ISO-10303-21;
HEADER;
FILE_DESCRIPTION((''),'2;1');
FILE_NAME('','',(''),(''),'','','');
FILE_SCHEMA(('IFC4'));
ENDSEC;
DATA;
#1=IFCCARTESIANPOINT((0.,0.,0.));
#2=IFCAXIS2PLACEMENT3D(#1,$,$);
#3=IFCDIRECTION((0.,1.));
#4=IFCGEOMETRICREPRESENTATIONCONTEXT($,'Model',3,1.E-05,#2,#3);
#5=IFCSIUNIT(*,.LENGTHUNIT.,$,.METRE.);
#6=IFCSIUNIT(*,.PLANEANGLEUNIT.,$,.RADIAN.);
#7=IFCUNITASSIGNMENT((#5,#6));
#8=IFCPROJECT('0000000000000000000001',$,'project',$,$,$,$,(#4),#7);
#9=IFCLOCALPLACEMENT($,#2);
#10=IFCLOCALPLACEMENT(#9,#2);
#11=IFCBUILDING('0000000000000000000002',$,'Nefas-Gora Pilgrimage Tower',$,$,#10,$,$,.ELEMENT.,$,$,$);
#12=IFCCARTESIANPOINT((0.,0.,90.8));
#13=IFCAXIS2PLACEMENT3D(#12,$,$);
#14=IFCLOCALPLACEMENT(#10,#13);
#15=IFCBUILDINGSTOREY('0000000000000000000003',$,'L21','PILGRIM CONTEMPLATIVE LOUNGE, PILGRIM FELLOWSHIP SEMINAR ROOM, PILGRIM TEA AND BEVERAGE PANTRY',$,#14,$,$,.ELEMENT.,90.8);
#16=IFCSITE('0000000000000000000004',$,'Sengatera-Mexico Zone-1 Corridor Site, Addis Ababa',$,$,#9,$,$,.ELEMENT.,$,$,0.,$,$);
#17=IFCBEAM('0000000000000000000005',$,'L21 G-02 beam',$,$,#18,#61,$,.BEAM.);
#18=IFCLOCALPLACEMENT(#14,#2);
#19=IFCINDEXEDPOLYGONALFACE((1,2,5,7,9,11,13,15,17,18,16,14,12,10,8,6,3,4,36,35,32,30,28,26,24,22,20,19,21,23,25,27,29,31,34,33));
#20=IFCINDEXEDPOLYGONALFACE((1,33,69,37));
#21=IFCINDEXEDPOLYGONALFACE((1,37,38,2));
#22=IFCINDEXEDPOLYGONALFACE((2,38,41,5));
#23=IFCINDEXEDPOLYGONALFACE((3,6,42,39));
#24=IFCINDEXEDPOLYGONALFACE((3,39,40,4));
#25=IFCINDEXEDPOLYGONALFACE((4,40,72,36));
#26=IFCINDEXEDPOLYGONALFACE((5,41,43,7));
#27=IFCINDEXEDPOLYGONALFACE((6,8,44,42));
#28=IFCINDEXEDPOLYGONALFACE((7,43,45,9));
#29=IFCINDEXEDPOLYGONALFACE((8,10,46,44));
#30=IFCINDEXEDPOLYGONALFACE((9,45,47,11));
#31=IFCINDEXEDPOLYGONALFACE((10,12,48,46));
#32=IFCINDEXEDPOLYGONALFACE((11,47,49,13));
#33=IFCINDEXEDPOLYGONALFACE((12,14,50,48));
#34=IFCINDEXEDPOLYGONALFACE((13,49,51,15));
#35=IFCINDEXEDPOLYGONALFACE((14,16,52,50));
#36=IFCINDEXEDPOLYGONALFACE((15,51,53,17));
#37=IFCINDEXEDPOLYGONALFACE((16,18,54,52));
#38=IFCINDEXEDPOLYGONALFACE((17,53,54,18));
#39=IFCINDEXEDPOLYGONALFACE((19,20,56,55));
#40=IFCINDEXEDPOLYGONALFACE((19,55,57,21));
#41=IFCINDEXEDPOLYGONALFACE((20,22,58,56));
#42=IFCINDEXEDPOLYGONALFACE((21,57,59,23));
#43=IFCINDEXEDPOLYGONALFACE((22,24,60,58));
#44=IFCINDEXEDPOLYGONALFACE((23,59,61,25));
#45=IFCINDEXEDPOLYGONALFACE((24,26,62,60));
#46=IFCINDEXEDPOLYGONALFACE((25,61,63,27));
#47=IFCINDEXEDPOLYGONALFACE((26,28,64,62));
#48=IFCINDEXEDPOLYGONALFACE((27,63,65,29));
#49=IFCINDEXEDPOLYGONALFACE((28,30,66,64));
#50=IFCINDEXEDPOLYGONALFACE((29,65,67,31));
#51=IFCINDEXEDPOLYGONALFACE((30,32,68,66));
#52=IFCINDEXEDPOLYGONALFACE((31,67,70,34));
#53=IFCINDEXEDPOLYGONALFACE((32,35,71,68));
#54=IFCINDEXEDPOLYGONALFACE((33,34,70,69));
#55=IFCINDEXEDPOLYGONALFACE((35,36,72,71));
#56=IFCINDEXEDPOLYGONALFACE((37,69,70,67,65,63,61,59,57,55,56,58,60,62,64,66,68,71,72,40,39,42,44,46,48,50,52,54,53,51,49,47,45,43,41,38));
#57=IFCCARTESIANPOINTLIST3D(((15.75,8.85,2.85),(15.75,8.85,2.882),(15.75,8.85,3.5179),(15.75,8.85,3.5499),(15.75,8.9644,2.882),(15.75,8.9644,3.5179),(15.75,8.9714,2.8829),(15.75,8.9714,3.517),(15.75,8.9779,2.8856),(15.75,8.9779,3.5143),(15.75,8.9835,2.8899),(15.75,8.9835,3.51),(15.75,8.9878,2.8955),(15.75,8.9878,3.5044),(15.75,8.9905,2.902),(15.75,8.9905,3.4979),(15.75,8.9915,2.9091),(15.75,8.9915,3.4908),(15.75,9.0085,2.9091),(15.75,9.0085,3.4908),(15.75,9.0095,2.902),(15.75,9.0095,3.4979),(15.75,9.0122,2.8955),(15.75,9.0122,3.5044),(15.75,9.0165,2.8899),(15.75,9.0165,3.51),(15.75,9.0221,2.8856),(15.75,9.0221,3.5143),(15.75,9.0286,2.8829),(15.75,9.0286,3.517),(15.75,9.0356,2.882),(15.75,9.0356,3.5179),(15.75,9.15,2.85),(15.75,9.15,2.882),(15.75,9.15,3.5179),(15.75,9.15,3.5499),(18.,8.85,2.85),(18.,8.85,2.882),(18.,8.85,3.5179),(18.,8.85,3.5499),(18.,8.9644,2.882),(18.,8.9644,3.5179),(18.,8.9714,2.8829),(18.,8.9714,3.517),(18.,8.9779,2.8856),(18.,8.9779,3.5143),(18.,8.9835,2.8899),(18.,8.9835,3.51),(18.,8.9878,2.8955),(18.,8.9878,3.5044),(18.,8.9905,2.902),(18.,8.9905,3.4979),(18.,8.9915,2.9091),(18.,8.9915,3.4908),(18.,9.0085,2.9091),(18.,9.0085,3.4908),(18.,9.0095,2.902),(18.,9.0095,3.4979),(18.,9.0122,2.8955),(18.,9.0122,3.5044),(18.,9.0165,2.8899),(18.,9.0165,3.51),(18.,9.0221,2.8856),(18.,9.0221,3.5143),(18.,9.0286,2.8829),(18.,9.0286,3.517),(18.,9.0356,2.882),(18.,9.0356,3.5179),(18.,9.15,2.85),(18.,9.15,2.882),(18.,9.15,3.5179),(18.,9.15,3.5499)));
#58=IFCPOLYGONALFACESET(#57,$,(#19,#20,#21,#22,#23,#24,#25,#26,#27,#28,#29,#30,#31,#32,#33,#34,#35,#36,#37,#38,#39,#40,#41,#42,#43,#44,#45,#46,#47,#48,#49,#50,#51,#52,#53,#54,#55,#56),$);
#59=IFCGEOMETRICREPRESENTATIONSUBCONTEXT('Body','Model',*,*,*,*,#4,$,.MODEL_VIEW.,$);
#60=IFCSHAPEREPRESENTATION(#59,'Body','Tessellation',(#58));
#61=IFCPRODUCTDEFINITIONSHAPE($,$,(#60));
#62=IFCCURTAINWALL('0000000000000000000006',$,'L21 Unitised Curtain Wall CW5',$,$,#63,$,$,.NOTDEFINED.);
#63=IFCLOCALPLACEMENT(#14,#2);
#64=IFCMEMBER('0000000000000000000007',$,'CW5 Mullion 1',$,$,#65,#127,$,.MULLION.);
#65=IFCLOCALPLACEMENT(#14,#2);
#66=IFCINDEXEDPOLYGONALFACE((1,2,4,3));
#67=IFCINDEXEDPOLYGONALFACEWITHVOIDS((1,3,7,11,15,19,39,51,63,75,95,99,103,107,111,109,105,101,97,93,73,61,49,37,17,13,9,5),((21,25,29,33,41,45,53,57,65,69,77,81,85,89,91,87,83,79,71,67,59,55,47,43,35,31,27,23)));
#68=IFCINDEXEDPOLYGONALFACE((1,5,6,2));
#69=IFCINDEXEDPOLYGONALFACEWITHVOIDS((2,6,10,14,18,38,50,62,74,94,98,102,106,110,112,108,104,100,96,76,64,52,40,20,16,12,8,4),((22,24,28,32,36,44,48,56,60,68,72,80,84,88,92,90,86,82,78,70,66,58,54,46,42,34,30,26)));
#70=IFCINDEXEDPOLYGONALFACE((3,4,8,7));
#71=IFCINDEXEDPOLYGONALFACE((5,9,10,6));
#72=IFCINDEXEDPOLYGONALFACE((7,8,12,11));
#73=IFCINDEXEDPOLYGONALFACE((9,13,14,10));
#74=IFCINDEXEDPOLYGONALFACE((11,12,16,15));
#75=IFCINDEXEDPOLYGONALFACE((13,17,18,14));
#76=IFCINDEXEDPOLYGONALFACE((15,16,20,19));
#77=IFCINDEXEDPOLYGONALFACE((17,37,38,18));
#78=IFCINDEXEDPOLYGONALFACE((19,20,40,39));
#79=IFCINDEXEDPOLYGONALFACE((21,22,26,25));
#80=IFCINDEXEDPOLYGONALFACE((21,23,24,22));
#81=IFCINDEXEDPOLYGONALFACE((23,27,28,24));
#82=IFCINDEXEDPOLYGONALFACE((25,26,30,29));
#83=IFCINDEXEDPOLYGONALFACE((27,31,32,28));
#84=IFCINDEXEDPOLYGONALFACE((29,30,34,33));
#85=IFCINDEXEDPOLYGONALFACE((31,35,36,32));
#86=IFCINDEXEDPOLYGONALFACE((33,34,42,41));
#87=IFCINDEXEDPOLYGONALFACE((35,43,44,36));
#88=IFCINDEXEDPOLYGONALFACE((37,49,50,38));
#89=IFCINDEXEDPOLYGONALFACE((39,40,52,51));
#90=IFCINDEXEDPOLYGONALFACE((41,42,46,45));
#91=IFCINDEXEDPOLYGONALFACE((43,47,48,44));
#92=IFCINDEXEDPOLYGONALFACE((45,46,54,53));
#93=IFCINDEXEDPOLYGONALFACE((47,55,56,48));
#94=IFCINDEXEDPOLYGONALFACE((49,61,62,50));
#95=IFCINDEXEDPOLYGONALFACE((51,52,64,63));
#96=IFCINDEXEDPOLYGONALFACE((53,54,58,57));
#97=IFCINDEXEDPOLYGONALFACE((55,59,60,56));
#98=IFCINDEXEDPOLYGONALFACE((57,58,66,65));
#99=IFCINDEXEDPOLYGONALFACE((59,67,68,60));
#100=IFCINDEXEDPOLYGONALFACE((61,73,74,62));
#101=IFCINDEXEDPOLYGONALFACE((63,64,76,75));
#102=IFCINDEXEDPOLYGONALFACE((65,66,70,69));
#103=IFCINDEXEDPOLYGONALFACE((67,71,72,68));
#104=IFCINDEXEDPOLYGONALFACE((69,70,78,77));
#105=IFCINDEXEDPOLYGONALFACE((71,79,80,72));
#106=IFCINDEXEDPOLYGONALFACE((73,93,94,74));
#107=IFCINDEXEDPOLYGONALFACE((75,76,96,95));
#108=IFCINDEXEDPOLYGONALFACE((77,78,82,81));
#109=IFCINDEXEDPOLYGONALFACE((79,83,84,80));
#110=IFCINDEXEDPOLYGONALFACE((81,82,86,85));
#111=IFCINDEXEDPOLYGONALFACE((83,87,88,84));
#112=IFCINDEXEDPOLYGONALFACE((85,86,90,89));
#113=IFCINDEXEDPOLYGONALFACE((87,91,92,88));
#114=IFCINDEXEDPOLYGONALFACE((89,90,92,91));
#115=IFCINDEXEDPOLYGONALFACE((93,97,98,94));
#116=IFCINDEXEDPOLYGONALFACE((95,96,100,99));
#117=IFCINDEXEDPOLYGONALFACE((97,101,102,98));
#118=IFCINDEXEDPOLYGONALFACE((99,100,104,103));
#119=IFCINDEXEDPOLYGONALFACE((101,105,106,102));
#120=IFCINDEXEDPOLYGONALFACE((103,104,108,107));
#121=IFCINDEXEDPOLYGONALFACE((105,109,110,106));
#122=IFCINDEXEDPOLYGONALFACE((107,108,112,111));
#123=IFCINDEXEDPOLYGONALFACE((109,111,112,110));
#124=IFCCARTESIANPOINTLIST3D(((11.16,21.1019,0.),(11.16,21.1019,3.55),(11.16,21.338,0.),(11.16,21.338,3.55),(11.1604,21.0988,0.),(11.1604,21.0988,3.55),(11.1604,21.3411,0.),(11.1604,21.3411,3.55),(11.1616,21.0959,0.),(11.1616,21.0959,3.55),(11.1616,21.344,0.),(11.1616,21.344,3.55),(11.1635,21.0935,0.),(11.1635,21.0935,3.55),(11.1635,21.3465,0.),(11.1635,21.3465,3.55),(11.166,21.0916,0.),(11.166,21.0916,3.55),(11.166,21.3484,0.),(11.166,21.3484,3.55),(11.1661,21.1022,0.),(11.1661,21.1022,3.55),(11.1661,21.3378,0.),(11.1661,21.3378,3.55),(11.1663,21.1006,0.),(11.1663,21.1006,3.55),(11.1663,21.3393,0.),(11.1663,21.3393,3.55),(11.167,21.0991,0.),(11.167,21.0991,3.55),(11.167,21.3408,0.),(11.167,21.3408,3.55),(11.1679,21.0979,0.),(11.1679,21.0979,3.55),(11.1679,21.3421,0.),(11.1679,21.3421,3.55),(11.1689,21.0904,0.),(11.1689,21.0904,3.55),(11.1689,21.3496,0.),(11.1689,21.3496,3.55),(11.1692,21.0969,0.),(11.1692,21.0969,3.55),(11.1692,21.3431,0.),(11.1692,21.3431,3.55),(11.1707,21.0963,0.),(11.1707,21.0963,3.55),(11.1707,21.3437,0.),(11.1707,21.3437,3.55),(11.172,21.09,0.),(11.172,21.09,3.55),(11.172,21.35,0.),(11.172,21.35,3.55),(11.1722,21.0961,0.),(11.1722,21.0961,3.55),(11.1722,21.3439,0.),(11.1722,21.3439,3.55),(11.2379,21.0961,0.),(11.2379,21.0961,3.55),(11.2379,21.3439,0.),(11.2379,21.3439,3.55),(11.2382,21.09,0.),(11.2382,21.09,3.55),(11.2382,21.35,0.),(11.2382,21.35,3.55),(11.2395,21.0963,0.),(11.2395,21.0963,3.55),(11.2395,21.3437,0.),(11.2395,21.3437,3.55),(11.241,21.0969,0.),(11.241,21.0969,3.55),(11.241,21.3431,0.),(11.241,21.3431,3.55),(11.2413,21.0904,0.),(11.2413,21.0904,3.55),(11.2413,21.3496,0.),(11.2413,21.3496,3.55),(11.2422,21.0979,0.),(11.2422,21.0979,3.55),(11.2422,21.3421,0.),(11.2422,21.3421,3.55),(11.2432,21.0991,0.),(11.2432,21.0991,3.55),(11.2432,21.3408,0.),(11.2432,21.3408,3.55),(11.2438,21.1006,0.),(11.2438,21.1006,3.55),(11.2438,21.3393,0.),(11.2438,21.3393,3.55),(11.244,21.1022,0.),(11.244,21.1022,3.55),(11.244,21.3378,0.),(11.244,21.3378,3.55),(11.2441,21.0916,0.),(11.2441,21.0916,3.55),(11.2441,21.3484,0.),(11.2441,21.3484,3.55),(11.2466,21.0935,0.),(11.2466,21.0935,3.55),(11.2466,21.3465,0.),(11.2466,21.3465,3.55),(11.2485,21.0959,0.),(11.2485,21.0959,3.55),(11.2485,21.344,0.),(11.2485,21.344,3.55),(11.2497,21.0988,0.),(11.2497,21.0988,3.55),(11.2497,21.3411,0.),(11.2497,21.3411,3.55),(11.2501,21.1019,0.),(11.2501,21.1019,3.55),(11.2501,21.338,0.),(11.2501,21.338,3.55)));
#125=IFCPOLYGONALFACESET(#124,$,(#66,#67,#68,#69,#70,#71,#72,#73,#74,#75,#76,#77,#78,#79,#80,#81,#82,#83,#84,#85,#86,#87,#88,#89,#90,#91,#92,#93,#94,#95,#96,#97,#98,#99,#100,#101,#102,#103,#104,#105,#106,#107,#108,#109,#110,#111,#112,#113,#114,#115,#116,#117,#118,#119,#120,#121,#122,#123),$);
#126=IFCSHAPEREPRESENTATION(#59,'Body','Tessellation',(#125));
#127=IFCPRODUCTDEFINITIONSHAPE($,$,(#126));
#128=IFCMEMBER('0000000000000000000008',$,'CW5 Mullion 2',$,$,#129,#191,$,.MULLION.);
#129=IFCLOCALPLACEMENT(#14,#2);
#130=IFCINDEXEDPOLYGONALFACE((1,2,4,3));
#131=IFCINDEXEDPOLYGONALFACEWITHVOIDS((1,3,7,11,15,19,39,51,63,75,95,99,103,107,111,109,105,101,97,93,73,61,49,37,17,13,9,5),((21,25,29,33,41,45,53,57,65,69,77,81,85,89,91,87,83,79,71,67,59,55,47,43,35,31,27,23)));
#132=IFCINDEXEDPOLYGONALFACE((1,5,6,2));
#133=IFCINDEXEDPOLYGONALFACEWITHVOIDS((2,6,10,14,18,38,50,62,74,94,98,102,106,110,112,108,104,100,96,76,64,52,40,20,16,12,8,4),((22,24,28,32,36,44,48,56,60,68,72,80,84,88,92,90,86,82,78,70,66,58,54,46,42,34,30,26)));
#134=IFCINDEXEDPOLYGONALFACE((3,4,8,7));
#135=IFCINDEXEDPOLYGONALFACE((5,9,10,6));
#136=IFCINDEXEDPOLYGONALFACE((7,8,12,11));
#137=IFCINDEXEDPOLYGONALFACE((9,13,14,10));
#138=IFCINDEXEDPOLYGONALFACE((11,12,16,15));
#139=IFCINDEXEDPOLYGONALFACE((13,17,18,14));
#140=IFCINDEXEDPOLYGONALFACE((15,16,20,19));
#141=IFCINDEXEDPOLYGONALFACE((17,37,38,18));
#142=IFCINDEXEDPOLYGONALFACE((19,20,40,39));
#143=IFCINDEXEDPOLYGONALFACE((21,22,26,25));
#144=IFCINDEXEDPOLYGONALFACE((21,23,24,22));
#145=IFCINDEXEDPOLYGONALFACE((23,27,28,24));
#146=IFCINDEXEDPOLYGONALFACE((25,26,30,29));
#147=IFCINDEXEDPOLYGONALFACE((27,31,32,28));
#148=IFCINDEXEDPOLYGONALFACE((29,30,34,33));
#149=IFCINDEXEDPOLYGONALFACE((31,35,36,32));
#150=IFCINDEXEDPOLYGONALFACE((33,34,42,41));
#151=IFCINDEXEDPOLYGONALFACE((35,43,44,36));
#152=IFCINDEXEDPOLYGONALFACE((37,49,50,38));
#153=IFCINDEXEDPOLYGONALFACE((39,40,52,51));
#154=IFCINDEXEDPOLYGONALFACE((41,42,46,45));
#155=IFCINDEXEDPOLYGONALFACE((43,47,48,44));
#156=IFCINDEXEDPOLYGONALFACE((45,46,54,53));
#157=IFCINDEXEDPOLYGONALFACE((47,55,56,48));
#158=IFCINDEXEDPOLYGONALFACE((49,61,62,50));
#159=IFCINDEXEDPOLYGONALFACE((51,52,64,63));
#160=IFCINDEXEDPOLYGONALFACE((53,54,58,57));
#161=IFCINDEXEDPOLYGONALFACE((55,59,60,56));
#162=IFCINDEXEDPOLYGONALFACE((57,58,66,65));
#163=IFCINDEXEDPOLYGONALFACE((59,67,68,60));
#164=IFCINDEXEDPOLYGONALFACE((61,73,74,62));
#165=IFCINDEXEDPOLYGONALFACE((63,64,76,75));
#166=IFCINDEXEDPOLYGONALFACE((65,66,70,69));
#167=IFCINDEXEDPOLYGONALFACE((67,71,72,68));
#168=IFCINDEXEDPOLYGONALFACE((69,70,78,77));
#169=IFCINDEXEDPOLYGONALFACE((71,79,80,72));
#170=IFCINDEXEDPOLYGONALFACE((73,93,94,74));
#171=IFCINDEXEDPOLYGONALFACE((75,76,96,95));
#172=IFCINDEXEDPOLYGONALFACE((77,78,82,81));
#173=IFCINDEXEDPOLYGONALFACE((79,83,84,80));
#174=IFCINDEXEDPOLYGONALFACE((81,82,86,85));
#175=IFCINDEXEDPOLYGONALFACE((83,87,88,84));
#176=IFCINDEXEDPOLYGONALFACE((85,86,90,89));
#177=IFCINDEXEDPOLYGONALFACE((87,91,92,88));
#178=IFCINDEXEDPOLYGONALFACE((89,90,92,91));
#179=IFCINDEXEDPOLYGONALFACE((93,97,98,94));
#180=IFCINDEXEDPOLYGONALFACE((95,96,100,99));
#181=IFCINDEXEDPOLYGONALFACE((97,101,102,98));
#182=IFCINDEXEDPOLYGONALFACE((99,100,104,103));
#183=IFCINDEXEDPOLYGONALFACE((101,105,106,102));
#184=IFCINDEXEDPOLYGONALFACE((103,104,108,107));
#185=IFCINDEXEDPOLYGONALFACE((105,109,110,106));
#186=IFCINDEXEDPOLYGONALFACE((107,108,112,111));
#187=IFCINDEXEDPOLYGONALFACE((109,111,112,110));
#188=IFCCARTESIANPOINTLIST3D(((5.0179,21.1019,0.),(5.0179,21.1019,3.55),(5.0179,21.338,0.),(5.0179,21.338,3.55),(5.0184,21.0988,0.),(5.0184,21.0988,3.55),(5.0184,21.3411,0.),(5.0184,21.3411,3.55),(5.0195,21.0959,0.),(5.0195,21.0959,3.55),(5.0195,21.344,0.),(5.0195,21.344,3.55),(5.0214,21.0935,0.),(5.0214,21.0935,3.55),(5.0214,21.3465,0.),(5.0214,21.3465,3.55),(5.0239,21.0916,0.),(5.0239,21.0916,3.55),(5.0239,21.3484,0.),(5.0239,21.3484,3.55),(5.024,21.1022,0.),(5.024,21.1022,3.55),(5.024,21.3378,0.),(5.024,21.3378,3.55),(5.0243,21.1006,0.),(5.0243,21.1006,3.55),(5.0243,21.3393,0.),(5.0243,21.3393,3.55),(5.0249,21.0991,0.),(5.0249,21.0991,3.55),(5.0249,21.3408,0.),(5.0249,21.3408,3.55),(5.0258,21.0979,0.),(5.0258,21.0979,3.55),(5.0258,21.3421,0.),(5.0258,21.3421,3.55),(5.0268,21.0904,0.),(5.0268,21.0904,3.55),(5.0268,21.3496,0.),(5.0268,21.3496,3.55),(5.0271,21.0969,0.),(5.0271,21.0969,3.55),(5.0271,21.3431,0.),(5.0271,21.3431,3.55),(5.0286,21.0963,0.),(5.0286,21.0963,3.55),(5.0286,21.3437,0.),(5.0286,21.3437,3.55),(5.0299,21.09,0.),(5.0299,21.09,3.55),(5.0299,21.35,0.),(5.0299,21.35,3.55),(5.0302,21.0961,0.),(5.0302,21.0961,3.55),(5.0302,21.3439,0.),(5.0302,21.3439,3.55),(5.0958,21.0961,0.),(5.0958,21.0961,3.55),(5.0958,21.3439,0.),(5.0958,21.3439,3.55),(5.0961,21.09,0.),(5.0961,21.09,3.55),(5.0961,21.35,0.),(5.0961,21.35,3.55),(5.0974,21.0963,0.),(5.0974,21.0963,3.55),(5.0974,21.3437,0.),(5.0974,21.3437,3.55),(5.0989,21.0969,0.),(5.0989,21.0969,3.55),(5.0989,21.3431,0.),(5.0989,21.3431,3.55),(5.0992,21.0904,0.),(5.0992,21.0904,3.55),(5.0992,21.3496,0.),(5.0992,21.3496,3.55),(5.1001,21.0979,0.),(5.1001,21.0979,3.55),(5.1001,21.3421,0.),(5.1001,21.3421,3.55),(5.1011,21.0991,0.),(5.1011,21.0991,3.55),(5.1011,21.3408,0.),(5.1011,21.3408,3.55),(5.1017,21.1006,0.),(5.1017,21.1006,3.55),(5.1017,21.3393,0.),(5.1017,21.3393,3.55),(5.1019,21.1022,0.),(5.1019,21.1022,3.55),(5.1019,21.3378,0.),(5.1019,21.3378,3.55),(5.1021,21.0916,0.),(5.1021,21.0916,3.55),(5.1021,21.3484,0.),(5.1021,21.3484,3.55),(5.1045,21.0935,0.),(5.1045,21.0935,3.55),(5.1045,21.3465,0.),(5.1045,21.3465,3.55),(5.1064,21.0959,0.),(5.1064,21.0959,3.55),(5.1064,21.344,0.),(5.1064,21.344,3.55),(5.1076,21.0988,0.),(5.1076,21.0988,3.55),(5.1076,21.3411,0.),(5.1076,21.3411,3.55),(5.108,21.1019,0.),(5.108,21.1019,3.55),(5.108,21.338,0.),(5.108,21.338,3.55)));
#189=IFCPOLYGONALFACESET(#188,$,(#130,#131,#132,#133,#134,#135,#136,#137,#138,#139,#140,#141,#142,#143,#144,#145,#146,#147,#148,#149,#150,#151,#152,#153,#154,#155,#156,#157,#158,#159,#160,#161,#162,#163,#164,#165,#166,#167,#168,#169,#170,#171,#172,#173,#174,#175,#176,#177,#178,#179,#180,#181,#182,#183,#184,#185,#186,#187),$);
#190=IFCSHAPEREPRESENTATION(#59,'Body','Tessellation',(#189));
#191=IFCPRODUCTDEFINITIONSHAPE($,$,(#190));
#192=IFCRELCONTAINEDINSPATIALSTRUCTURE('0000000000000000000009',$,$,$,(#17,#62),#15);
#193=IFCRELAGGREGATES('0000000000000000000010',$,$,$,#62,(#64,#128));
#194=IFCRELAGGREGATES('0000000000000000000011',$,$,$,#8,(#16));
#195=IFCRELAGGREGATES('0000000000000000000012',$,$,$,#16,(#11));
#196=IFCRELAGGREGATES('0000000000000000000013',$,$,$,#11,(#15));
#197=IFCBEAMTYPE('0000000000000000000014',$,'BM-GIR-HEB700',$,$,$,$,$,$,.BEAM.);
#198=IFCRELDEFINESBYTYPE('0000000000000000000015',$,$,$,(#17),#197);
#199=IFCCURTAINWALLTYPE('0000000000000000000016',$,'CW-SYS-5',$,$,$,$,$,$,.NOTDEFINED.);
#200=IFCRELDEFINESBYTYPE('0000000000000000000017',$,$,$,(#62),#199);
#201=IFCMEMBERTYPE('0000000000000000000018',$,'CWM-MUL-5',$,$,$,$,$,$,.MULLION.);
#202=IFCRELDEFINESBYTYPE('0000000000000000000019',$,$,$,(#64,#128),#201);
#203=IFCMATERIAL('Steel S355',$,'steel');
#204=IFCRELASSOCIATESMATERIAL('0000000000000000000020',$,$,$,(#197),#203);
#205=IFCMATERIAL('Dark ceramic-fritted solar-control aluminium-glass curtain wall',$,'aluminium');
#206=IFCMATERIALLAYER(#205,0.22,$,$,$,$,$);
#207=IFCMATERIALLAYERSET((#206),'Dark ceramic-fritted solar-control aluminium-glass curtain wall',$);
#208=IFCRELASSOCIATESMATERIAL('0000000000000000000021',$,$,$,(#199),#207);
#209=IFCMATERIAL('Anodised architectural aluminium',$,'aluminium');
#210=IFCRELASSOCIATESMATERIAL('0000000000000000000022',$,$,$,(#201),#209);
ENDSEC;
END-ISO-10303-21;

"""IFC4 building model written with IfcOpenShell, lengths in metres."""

from ifc_helpers import new_model, si_unit, direction, frame, origin, origin_2d, place, context, subcontext, project, spatial, hollow_rectangle, i_section, extrude, source, transform, mapped, material, layer, layer_set, material_profile, profile_set, type_object, element, aggregate, save


model = new_model("IFC4")

# Units and contexts
model_context = context("Model", 3, precision=1e-05, world=origin(), true_north=direction((0.0, 1.0)))
body_context = subcontext(model_context, "Body", "Model", "MODEL_VIEW")
ifc_project = project(units=[si_unit("LENGTHUNIT", "METRE"), si_unit("PLANEANGLEUNIT", "RADIAN")], contexts=[model_context])

# Site, building, storey
site_placement = place(None, origin())
site = spatial("IfcSite", under=ifc_project, at=site_placement, Name="Sengatera-Mexico Zone-1 Corridor Site, Addis Ababa", CompositionType="ELEMENT", RefElevation=0.0)
building_placement = place(site_placement, origin())
building = spatial("IfcBuilding", under=site, at=building_placement, Name="Nefas-Gora Pilgrimage Tower", CompositionType="ELEMENT")
storey_placement = place(building_placement, frame((0.0, 0.0, 90.8)))
storey = spatial("IfcBuildingStorey", under=building, at=storey_placement, Name="L21", Description="PILGRIM CONTEMPLATIVE LOUNGE, PILGRIM FELLOWSHIP SEMINAR ROOM, PILGRIM TEA AND BEVERAGE PANTRY", CompositionType="ELEMENT", Elevation=90.8)

# Beam
ifc_material_1 = material(Name="Steel S355", Category="steel")
ifc_material_profile_1 = material_profile(ifc_material_1, i_section(OverallWidth=0.3, OverallDepth=0.7, WebThickness=0.0171, FlangeThickness=0.032, FilletRadius=0.0271, at=origin_2d()), Name="HEB 700")
ifc_profile_set_1 = profile_set([ifc_material_profile_1], Name="Steel S355")
beam_type_1 = type_object("IfcBeamType", Name="BM-GIR-HEB700", PredefinedType="BEAM", material=ifc_profile_set_1)
shared_shape_1 = source(origin(), body_context, "Body", "SweptSolid", [
    extrude(i_section(OverallWidth=0.3, OverallDepth=0.7, WebThickness=0.0171, FlangeThickness=0.032, FilletRadius=0.0271, at=origin_2d()), origin(), (0.0, 0.0, 1.0), 2.25),
])
beam_1_placement = place(storey_placement, frame((15.75, 9.0, 3.2), z_axis=(1.0, 0.0, 0.0), x_axis=(0.0, 1.0, 0.0)))
element("IfcBeam", 1, at=beam_1_placement, inside=storey, type_object=beam_type_1, Name="L21 G-02 beam", PredefinedType="BEAM", context=body_context, shape_type="MappedRepresentation", body=[
    mapped(shared_shape_1, transform((0.0, 0.0, 0.0), x_axis=(1.0, 0.0, 0.0), y_axis=(0.0, 1.0, 0.0), z_axis=(0.0, 0.0, 1.0), scale=1.0)),
])

# Curtain wall, members
ifc_material_2 = material(Name="Dark ceramic-fritted solar-control aluminium-glass curtain wall", Category="aluminium")
ifc_layer_1 = layer(ifc_material_2, 0.22)
ifc_layer_set_1 = layer_set([ifc_layer_1], Name="Dark ceramic-fritted solar-control aluminium-glass curtain wall")
curtain_wall_type_1 = type_object("IfcCurtainWallType", Name="CW-SYS-5", PredefinedType="NOTDEFINED", material=ifc_layer_set_1)
curtain_wall_1_placement = place(storey_placement, origin())
curtain_wall_1 = element("IfcCurtainWall", 2, at=curtain_wall_1_placement, inside=storey, type_object=curtain_wall_type_1, Name="L21 Unitised Curtain Wall CW5", PredefinedType="NOTDEFINED")
ifc_material_3 = material(Name="Anodised architectural aluminium", Category="aluminium")
ifc_material_profile_2 = material_profile(ifc_material_3, hollow_rectangle(XDim=0.0901, YDim=0.26, WallThickness=0.0061, InnerFilletRadius=0.0061, OuterFilletRadius=0.012, at=origin_2d()), Name="ALU MULLION 90x260")
ifc_profile_set_2 = profile_set([ifc_material_profile_2], Name="Anodised architectural aluminium")
member_type_1 = type_object("IfcMemberType", Name="CWM-MUL-5", PredefinedType="MULLION", material=ifc_profile_set_2)
shared_shape_2 = source(origin(), body_context, "Body", "SweptSolid", [
    extrude(hollow_rectangle(XDim=0.0901, YDim=0.26, WallThickness=0.0061, InnerFilletRadius=0.0061, OuterFilletRadius=0.012, at=origin_2d()), origin(), (0.0, 0.0, 1.0), 3.55),
])
member_1_placement = place(storey_placement, frame((11.2051, 21.22, 0.0), z_axis=(0.0, 0.0, 1.0), x_axis=(-1.0, 0.0, 0.0)))
member_1 = element("IfcMember", 3, at=member_1_placement, type_object=member_type_1, Name="CW5 Mullion 1", PredefinedType="MULLION", context=body_context, shape_type="MappedRepresentation", body=[
    mapped(shared_shape_2, transform((0.0, 0.0, 0.0), x_axis=(1.0, 0.0, 0.0), y_axis=(0.0, 1.0, 0.0), z_axis=(0.0, 0.0, 1.0), scale=1.0)),
])
member_2_placement = place(storey_placement, frame((5.063, 21.22, 0.0), z_axis=(0.0, 0.0, 1.0), x_axis=(-1.0, 0.0, 0.0)))
member_2 = element("IfcMember", 4, at=member_2_placement, type_object=member_type_1, Name="CW5 Mullion 2", PredefinedType="MULLION", context=body_context, shape_type="MappedRepresentation", body=[
    mapped(shared_shape_2, transform((0.0, 0.0, 0.0), x_axis=(1.0, 0.0, 0.0), y_axis=(0.0, 1.0, 0.0), z_axis=(0.0, 0.0, 1.0), scale=1.0)),
])

aggregate(curtain_wall_1, [member_1, member_2])

save(model, "model.ifc")
